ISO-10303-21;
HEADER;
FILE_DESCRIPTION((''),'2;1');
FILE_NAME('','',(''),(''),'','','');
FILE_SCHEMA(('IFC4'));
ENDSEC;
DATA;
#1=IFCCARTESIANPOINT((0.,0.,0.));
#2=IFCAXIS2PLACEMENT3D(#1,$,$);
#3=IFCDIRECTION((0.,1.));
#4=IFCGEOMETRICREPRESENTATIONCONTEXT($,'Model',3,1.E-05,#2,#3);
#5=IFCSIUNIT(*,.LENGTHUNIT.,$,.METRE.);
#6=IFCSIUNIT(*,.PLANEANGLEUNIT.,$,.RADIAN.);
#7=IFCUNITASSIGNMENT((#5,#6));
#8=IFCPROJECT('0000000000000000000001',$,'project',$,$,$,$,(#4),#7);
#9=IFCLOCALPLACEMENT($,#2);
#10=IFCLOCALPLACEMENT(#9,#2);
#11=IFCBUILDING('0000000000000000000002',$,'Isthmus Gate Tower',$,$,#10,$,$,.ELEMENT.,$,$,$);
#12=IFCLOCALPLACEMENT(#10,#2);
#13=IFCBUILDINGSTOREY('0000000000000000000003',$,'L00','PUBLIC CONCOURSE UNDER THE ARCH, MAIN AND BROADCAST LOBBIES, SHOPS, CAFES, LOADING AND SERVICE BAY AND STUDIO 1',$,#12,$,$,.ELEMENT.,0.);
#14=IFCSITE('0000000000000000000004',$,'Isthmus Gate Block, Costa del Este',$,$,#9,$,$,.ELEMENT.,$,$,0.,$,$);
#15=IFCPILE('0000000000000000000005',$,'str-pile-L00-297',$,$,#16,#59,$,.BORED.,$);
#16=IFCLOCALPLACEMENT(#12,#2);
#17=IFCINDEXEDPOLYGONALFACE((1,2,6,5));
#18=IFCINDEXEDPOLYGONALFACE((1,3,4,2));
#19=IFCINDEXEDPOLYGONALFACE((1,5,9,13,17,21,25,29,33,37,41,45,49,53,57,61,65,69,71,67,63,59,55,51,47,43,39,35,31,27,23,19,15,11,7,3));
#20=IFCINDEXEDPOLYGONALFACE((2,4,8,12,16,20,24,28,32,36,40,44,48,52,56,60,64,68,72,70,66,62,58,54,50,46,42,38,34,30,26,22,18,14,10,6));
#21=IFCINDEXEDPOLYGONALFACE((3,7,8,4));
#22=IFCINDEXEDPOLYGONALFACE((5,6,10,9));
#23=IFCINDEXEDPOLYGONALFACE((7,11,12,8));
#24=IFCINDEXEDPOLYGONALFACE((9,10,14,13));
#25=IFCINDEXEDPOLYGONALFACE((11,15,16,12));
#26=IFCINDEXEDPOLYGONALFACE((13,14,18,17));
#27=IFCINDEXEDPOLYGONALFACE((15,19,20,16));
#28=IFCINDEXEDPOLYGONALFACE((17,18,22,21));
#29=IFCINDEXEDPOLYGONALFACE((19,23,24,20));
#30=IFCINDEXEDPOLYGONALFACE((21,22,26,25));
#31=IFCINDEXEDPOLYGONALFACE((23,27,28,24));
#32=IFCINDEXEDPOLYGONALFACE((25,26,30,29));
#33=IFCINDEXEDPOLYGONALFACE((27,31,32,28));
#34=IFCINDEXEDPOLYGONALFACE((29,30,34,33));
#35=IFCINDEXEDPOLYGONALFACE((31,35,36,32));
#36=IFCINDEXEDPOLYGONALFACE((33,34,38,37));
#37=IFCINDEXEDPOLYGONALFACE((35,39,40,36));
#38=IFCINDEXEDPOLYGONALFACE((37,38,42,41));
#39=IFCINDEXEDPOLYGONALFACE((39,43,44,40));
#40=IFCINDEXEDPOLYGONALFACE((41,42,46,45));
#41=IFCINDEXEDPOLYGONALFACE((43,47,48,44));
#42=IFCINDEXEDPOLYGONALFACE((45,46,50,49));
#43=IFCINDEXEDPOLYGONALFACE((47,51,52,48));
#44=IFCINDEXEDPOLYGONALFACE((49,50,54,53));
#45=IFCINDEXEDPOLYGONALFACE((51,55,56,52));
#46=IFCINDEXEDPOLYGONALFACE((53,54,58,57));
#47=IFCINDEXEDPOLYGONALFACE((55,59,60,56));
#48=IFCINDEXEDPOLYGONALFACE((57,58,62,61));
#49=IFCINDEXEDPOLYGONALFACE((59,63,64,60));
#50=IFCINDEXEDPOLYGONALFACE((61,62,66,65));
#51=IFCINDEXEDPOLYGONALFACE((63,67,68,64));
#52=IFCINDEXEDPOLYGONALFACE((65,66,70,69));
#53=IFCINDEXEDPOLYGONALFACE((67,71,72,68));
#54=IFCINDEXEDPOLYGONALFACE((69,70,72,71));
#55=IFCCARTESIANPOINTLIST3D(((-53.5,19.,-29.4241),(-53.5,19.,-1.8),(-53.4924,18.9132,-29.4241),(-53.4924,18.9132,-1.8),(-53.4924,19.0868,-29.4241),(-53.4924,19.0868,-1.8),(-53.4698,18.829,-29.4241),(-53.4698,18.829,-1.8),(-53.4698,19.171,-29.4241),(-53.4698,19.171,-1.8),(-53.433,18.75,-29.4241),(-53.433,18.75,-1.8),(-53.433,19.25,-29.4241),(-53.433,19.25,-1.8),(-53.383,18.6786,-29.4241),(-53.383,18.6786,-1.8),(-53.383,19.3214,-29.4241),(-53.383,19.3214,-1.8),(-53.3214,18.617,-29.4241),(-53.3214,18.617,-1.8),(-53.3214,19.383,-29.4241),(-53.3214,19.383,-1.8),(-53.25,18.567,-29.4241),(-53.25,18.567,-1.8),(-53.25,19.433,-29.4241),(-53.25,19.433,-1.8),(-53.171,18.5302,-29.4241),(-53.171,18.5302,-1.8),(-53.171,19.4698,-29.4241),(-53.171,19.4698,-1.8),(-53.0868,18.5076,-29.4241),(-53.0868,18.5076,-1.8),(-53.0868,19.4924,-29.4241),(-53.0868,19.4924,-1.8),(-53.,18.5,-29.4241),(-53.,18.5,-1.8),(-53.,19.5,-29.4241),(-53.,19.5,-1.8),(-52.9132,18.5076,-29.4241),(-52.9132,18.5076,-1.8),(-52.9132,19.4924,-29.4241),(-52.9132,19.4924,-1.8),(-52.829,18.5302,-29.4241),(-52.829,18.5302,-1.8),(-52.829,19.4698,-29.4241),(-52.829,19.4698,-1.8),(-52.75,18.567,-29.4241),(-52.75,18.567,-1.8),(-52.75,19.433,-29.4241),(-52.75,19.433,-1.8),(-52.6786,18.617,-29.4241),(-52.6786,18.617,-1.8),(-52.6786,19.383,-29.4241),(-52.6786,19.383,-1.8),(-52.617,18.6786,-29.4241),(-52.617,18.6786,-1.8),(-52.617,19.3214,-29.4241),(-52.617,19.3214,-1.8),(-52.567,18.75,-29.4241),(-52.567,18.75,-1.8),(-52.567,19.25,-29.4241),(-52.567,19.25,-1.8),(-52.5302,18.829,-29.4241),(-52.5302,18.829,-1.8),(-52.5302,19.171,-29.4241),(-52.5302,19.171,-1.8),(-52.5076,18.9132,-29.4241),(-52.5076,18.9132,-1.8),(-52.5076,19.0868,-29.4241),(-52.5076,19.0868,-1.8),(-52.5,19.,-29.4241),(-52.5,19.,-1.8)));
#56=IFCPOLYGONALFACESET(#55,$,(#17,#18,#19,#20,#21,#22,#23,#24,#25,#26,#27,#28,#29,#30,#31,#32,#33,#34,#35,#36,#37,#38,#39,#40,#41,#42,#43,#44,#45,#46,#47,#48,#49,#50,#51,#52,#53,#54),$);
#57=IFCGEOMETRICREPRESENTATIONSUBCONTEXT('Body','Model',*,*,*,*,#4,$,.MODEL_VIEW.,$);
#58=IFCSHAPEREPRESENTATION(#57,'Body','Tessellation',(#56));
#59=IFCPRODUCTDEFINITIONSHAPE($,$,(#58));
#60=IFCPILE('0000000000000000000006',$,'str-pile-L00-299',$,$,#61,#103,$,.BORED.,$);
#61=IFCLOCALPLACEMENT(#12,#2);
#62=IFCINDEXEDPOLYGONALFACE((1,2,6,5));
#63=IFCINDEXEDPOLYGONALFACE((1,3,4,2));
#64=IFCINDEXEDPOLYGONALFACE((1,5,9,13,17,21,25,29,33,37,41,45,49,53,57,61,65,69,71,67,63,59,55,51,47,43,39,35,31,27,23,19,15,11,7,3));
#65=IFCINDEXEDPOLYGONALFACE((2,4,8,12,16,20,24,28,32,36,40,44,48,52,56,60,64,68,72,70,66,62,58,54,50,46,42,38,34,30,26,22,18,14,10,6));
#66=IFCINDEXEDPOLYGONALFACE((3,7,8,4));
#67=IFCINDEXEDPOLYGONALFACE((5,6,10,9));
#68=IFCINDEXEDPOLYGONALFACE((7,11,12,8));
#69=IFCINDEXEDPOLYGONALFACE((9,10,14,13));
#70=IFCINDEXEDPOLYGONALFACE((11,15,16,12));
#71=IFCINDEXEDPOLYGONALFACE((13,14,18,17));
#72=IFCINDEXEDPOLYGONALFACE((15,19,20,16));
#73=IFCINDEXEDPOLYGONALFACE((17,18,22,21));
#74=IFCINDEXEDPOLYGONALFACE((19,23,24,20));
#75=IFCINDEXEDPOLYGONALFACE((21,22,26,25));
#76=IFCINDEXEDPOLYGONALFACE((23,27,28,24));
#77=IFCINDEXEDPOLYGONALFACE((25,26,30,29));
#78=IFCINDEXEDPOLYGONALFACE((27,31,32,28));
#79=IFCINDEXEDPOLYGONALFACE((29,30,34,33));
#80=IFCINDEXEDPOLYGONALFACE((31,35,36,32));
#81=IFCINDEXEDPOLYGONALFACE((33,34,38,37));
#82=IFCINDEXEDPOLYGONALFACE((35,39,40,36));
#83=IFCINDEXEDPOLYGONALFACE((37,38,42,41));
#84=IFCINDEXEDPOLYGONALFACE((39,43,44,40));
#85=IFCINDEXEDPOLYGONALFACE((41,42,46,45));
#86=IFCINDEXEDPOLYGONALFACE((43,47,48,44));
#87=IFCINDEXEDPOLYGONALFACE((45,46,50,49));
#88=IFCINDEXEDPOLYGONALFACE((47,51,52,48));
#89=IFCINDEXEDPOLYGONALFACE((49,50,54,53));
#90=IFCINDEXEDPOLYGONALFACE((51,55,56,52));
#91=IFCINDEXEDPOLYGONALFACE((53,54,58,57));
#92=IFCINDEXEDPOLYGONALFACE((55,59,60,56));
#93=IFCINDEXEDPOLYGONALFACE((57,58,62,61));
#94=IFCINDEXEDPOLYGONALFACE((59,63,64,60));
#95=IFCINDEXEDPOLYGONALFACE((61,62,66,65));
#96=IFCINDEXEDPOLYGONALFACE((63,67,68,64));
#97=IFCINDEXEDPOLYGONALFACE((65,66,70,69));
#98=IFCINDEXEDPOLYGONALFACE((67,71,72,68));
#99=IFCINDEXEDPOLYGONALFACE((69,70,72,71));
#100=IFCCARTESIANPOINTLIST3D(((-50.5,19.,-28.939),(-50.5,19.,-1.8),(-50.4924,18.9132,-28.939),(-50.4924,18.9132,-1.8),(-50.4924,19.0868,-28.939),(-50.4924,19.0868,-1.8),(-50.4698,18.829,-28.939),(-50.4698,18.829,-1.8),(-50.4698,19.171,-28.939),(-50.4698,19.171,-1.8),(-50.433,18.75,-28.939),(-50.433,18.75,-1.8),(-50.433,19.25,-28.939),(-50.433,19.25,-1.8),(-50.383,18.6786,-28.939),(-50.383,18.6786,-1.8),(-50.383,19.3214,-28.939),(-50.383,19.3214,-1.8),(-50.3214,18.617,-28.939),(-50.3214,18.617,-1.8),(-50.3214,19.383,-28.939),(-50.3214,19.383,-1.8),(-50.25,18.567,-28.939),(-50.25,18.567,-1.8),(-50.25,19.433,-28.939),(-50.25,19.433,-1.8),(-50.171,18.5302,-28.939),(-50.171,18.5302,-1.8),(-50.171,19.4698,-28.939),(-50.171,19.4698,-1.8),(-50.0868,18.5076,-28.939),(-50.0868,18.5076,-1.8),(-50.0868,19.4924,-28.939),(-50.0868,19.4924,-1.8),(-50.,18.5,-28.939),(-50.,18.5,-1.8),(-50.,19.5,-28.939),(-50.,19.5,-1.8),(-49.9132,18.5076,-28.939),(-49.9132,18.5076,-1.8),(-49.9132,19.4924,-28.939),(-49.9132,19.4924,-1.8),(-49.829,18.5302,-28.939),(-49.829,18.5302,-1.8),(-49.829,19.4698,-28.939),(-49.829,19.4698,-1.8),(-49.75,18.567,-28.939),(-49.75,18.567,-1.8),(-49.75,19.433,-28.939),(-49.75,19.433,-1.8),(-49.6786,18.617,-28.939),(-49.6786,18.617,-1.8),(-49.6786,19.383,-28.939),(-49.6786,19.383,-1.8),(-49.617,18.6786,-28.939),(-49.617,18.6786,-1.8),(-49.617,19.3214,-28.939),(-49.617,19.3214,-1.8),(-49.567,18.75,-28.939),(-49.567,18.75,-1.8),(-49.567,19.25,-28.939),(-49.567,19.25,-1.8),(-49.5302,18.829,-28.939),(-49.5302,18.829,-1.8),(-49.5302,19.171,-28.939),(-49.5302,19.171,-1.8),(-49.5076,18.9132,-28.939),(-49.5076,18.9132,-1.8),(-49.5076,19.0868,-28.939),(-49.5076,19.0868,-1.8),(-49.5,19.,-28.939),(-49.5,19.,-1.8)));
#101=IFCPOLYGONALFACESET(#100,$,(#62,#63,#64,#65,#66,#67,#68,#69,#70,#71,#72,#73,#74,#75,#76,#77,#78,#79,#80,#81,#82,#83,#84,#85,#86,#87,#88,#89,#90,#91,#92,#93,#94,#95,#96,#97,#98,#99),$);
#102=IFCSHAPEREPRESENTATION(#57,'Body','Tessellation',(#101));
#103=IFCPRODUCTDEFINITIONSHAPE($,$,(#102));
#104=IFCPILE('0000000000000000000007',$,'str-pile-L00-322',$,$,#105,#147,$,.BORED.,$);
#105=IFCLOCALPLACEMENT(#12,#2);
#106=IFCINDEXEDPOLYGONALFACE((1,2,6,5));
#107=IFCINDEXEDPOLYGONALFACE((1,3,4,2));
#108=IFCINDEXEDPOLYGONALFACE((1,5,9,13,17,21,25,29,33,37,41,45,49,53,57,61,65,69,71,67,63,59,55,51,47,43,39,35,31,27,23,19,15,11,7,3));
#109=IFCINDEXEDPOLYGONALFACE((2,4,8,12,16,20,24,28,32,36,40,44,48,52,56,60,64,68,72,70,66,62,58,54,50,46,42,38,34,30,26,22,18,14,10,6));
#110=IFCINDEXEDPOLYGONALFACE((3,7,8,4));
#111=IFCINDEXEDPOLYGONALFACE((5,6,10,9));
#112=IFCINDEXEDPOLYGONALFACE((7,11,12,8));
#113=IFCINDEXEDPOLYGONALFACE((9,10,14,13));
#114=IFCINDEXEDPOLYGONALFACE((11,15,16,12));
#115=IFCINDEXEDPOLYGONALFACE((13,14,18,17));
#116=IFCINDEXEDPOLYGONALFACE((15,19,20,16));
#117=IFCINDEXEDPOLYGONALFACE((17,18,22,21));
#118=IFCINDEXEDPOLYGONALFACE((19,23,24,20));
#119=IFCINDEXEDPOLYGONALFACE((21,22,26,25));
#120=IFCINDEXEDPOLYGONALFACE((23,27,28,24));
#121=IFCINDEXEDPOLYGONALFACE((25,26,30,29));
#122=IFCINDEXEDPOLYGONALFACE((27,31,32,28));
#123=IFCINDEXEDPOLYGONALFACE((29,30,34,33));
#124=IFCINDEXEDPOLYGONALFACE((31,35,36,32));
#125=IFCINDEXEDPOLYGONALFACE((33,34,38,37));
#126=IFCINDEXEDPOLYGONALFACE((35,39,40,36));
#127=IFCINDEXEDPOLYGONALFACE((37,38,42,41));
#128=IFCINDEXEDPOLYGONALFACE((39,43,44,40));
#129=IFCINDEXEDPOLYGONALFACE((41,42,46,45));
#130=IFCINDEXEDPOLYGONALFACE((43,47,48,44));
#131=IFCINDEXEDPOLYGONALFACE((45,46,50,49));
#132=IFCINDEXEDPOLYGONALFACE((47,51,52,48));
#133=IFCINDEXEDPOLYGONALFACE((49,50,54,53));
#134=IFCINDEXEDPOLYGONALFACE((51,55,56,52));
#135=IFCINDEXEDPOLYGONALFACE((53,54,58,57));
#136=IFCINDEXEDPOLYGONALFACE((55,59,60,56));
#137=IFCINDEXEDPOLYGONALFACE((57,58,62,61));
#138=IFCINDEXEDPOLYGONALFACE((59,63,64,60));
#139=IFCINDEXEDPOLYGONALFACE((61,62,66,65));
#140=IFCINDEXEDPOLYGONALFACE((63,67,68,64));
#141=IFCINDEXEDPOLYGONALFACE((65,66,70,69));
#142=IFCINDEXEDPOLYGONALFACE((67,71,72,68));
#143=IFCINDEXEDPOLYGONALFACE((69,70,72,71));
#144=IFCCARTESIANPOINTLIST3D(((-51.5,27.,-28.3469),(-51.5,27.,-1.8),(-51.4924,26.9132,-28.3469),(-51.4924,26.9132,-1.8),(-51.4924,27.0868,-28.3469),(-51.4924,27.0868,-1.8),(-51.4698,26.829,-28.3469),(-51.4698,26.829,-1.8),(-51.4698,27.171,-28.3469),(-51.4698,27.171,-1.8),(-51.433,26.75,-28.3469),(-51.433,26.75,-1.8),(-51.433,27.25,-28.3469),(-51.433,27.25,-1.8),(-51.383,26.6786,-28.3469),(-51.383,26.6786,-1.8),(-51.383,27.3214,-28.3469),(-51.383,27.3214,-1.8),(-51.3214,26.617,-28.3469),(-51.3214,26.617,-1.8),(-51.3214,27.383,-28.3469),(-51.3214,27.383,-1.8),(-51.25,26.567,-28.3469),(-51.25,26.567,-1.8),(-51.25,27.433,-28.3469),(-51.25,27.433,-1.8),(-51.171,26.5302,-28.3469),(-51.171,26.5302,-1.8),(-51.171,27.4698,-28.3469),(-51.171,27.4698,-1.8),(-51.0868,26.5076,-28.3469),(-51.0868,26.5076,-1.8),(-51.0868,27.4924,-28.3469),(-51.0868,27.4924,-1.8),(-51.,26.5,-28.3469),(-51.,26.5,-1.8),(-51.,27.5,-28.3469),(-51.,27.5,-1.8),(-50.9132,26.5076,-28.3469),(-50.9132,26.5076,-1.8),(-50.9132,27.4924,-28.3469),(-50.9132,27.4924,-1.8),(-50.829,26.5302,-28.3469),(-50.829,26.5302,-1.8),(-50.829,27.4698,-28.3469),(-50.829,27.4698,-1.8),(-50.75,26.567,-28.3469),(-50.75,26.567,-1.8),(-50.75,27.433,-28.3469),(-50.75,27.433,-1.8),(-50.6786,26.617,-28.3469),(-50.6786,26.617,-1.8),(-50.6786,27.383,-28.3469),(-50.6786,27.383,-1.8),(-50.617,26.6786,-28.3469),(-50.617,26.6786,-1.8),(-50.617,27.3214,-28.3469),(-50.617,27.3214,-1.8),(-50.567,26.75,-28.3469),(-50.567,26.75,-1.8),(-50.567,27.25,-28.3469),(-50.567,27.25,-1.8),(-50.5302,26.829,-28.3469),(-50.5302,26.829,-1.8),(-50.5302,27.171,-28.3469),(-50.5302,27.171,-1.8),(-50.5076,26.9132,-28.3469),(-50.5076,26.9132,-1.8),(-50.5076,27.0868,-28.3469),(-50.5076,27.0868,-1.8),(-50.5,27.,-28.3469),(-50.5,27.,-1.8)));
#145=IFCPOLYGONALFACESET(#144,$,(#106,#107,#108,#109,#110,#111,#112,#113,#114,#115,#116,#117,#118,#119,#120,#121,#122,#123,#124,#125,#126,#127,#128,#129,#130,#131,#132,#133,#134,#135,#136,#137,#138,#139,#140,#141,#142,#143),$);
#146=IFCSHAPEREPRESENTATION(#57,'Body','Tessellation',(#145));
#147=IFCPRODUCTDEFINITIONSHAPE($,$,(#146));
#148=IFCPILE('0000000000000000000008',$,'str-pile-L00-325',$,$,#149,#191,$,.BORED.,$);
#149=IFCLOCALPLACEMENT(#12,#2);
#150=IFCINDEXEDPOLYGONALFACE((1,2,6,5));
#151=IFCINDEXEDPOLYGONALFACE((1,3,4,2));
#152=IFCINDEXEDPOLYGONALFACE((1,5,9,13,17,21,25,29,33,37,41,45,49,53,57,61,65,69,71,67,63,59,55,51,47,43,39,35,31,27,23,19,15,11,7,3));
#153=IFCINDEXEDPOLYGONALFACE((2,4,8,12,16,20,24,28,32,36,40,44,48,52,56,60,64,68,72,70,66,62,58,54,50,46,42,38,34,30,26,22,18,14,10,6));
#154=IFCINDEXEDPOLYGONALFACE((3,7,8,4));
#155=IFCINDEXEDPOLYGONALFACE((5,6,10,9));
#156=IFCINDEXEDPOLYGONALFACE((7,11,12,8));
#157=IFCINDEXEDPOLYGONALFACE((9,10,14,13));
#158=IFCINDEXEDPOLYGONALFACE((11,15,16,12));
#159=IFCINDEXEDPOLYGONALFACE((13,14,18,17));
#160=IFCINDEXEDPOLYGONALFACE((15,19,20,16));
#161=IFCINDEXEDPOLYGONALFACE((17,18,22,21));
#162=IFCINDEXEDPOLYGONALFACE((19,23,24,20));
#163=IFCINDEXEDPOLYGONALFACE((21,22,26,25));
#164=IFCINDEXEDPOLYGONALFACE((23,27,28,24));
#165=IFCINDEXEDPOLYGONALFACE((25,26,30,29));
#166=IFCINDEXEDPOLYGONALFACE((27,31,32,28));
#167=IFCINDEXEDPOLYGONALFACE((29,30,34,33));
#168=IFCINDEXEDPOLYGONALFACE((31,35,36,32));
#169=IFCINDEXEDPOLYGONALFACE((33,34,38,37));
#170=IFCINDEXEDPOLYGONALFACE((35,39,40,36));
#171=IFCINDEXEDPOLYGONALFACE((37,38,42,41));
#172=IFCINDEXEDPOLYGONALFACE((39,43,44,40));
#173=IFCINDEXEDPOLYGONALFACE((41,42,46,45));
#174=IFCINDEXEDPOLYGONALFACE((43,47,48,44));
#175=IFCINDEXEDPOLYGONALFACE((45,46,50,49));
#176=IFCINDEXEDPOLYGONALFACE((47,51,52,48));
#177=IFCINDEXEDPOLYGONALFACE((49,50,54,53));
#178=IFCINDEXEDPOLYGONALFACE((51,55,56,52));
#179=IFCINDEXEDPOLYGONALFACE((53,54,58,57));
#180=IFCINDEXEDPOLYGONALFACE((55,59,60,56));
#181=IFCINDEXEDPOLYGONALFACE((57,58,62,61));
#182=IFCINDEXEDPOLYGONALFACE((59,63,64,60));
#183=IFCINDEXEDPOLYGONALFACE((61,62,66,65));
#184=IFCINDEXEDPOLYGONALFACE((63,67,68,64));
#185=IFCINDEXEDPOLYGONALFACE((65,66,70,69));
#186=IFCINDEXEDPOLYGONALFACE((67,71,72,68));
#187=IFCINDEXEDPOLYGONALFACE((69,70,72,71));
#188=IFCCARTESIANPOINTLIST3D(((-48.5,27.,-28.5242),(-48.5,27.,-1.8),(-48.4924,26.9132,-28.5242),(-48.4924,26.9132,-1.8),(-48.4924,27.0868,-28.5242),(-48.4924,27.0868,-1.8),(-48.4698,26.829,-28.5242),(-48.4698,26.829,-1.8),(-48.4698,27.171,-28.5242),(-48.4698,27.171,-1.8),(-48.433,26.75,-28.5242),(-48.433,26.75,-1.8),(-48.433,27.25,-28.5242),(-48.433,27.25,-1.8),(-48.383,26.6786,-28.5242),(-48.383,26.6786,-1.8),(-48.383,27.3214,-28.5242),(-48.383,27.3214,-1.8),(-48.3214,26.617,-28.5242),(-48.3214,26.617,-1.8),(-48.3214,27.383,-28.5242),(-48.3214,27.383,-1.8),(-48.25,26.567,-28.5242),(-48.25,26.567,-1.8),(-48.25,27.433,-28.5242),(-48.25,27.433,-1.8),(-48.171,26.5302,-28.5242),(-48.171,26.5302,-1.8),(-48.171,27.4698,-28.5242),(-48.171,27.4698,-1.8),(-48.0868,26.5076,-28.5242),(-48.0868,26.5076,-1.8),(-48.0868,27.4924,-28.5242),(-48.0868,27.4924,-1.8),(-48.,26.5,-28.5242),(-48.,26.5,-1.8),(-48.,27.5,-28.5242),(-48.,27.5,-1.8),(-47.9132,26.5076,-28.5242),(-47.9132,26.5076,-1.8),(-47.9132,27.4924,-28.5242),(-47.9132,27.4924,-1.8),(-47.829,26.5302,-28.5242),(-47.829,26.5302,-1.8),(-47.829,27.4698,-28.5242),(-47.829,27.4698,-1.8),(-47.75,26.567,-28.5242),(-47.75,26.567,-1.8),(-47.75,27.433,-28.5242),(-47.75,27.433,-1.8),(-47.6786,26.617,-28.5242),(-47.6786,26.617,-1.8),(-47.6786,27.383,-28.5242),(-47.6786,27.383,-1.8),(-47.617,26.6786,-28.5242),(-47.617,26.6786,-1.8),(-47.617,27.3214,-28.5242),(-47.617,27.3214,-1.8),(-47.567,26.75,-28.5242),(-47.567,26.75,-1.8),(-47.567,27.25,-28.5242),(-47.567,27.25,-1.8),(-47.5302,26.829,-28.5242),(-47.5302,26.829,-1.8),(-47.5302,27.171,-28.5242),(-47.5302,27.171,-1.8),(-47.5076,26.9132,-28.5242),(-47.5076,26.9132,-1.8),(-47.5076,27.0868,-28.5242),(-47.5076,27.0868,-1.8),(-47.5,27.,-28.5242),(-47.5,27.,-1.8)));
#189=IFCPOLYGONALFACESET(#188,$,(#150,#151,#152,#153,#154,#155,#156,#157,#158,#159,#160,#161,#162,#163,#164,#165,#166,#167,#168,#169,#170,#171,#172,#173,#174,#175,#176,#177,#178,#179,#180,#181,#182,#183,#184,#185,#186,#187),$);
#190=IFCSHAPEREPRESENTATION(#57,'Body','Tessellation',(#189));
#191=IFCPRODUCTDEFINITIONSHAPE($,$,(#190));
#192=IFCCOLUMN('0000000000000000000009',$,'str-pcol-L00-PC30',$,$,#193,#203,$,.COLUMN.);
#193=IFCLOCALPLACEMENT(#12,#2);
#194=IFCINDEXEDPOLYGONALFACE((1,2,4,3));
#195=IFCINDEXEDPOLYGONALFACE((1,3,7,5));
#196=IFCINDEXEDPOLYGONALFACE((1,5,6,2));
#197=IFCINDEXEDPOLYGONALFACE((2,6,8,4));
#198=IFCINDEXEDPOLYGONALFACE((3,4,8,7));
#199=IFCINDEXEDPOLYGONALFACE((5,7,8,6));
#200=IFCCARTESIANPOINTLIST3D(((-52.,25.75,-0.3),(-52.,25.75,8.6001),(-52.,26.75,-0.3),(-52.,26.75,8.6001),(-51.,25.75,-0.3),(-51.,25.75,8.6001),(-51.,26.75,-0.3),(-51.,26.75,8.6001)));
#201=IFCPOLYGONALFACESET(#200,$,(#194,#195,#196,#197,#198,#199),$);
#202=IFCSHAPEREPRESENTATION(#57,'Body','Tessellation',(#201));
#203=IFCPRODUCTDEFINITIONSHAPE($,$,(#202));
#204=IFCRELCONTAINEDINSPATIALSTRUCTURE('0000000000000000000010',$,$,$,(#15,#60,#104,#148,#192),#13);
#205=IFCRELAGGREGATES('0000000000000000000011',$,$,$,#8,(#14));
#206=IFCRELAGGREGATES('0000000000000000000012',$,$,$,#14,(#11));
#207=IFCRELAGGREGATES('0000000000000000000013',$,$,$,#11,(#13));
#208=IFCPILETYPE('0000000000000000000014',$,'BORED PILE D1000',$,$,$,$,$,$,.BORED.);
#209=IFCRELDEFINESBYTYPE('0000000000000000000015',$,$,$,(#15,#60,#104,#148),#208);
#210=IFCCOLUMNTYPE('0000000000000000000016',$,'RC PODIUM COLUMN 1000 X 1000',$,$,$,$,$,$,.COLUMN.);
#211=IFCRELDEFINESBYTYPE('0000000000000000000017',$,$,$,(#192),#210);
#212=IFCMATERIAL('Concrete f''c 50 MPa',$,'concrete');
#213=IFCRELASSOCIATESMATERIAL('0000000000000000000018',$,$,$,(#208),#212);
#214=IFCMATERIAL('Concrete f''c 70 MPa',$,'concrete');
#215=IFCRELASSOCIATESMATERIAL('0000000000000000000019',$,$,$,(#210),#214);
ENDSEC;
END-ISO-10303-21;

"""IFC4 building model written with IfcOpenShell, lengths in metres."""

from ifc_helpers import new_model, si_unit, direction, frame, origin, origin_2d, place, context, subcontext, project, spatial, rectangle, circle, extrude, material, material_profile, profile_set, type_object, element, save


model = new_model("IFC4")

# Units and contexts
model_context = context("Model", 3, precision=1e-05, world=origin(), true_north=direction((0.0, 1.0)))
body_context = subcontext(model_context, "Body", "Model", "MODEL_VIEW")
ifc_project = project(units=[si_unit("LENGTHUNIT", "METRE"), si_unit("PLANEANGLEUNIT", "RADIAN")], contexts=[model_context])

# Site, building, storey
site_placement = place(None, origin())
site = spatial("IfcSite", under=ifc_project, at=site_placement, Name="Isthmus Gate Block, Costa del Este", CompositionType="ELEMENT", RefElevation=0.0)
building_placement = place(site_placement, origin())
building = spatial("IfcBuilding", under=site, at=building_placement, Name="Isthmus Gate Tower", CompositionType="ELEMENT")
storey_placement = place(building_placement, origin())
storey = spatial("IfcBuildingStorey", under=building, at=storey_placement, Name="L00", Description="PUBLIC CONCOURSE UNDER THE ARCH, MAIN AND BROADCAST LOBBIES, SHOPS, CAFES, LOADING AND SERVICE BAY AND STUDIO 1", CompositionType="ELEMENT", Elevation=0.0)

# Piles
ifc_material_1 = material(Name="Concrete f'c 50 MPa", Category="concrete")
ifc_material_profile_1 = material_profile(ifc_material_1, circle(Radius=0.5, at=origin_2d()), Name="D1000")
ifc_profile_set_1 = profile_set([ifc_material_profile_1], Name="Concrete f'c 50 MPa")
pile_type = type_object("IfcPileType", Name="BORED PILE D1000", PredefinedType="BORED", material=ifc_profile_set_1)
pile_1_placement = place(storey_placement, frame((-53.0, 19.0, -1.8), z_axis=(0.0, 0.0, -1.0), x_axis=(1.0, 0.0, 0.0)))
element("IfcPile", 1, at=pile_1_placement, inside=storey, type_object=pile_type, Name="str-pile-L00-297", PredefinedType="BORED", context=body_context, shape_type="SweptSolid", body=[
    extrude(circle(Radius=0.5, at=origin_2d()), origin(), (0.0, 0.0, 1.0), 27.624),
])
pile_2_placement = place(storey_placement, frame((-50.0, 19.0, -1.8), z_axis=(0.0, 0.0, -1.0), x_axis=(1.0, 0.0, 0.0)))
element("IfcPile", 2, at=pile_2_placement, inside=storey, type_object=pile_type, Name="str-pile-L00-299", PredefinedType="BORED", context=body_context, shape_type="SweptSolid", body=[
    extrude(circle(Radius=0.5, at=origin_2d()), origin(), (0.0, 0.0, 1.0), 27.1389),
])
pile_3_placement = place(storey_placement, frame((-51.0, 27.0, -1.8), z_axis=(0.0, 0.0, -1.0), x_axis=(1.0, 0.0, 0.0)))
element("IfcPile", 3, at=pile_3_placement, inside=storey, type_object=pile_type, Name="str-pile-L00-322", PredefinedType="BORED", context=body_context, shape_type="SweptSolid", body=[
    extrude(circle(Radius=0.5, at=origin_2d()), origin(), (0.0, 0.0, 1.0), 26.5469),
])
pile_4_placement = place(storey_placement, frame((-48.0, 27.0, -1.8), z_axis=(0.0, 0.0, -1.0), x_axis=(1.0, 0.0, 0.0)))
element("IfcPile", 4, at=pile_4_placement, inside=storey, type_object=pile_type, Name="str-pile-L00-325", PredefinedType="BORED", context=body_context, shape_type="SweptSolid", body=[
    extrude(circle(Radius=0.5, at=origin_2d()), origin(), (0.0, 0.0, 1.0), 26.7241),
])

# Column
ifc_material_2 = material(Name="Concrete f'c 70 MPa", Category="concrete")
ifc_material_profile_2 = material_profile(ifc_material_2, rectangle(XDim=1.0, YDim=1.0, at=origin_2d()), Name="RC 1000X1000")
ifc_profile_set_2 = profile_set([ifc_material_profile_2], Name="Concrete f'c 70 MPa")
column_type = type_object("IfcColumnType", Name="RC PODIUM COLUMN 1000 X 1000", PredefinedType="COLUMN", material=ifc_profile_set_2)
column_placement = place(storey_placement, frame((-51.5, 26.25, -0.3), z_axis=(0.0, 0.0, 1.0), x_axis=(0.0, -1.0, 0.0)))
element("IfcColumn", 5, at=column_placement, inside=storey, type_object=column_type, Name="str-pcol-L00-PC30", PredefinedType="COLUMN", context=body_context, shape_type="SweptSolid", body=[
    extrude(rectangle(XDim=1.0, YDim=1.0, at=origin_2d()), origin(), (0.0, 0.0, 1.0), 8.9001),
])

save(model, "model.ifc")
